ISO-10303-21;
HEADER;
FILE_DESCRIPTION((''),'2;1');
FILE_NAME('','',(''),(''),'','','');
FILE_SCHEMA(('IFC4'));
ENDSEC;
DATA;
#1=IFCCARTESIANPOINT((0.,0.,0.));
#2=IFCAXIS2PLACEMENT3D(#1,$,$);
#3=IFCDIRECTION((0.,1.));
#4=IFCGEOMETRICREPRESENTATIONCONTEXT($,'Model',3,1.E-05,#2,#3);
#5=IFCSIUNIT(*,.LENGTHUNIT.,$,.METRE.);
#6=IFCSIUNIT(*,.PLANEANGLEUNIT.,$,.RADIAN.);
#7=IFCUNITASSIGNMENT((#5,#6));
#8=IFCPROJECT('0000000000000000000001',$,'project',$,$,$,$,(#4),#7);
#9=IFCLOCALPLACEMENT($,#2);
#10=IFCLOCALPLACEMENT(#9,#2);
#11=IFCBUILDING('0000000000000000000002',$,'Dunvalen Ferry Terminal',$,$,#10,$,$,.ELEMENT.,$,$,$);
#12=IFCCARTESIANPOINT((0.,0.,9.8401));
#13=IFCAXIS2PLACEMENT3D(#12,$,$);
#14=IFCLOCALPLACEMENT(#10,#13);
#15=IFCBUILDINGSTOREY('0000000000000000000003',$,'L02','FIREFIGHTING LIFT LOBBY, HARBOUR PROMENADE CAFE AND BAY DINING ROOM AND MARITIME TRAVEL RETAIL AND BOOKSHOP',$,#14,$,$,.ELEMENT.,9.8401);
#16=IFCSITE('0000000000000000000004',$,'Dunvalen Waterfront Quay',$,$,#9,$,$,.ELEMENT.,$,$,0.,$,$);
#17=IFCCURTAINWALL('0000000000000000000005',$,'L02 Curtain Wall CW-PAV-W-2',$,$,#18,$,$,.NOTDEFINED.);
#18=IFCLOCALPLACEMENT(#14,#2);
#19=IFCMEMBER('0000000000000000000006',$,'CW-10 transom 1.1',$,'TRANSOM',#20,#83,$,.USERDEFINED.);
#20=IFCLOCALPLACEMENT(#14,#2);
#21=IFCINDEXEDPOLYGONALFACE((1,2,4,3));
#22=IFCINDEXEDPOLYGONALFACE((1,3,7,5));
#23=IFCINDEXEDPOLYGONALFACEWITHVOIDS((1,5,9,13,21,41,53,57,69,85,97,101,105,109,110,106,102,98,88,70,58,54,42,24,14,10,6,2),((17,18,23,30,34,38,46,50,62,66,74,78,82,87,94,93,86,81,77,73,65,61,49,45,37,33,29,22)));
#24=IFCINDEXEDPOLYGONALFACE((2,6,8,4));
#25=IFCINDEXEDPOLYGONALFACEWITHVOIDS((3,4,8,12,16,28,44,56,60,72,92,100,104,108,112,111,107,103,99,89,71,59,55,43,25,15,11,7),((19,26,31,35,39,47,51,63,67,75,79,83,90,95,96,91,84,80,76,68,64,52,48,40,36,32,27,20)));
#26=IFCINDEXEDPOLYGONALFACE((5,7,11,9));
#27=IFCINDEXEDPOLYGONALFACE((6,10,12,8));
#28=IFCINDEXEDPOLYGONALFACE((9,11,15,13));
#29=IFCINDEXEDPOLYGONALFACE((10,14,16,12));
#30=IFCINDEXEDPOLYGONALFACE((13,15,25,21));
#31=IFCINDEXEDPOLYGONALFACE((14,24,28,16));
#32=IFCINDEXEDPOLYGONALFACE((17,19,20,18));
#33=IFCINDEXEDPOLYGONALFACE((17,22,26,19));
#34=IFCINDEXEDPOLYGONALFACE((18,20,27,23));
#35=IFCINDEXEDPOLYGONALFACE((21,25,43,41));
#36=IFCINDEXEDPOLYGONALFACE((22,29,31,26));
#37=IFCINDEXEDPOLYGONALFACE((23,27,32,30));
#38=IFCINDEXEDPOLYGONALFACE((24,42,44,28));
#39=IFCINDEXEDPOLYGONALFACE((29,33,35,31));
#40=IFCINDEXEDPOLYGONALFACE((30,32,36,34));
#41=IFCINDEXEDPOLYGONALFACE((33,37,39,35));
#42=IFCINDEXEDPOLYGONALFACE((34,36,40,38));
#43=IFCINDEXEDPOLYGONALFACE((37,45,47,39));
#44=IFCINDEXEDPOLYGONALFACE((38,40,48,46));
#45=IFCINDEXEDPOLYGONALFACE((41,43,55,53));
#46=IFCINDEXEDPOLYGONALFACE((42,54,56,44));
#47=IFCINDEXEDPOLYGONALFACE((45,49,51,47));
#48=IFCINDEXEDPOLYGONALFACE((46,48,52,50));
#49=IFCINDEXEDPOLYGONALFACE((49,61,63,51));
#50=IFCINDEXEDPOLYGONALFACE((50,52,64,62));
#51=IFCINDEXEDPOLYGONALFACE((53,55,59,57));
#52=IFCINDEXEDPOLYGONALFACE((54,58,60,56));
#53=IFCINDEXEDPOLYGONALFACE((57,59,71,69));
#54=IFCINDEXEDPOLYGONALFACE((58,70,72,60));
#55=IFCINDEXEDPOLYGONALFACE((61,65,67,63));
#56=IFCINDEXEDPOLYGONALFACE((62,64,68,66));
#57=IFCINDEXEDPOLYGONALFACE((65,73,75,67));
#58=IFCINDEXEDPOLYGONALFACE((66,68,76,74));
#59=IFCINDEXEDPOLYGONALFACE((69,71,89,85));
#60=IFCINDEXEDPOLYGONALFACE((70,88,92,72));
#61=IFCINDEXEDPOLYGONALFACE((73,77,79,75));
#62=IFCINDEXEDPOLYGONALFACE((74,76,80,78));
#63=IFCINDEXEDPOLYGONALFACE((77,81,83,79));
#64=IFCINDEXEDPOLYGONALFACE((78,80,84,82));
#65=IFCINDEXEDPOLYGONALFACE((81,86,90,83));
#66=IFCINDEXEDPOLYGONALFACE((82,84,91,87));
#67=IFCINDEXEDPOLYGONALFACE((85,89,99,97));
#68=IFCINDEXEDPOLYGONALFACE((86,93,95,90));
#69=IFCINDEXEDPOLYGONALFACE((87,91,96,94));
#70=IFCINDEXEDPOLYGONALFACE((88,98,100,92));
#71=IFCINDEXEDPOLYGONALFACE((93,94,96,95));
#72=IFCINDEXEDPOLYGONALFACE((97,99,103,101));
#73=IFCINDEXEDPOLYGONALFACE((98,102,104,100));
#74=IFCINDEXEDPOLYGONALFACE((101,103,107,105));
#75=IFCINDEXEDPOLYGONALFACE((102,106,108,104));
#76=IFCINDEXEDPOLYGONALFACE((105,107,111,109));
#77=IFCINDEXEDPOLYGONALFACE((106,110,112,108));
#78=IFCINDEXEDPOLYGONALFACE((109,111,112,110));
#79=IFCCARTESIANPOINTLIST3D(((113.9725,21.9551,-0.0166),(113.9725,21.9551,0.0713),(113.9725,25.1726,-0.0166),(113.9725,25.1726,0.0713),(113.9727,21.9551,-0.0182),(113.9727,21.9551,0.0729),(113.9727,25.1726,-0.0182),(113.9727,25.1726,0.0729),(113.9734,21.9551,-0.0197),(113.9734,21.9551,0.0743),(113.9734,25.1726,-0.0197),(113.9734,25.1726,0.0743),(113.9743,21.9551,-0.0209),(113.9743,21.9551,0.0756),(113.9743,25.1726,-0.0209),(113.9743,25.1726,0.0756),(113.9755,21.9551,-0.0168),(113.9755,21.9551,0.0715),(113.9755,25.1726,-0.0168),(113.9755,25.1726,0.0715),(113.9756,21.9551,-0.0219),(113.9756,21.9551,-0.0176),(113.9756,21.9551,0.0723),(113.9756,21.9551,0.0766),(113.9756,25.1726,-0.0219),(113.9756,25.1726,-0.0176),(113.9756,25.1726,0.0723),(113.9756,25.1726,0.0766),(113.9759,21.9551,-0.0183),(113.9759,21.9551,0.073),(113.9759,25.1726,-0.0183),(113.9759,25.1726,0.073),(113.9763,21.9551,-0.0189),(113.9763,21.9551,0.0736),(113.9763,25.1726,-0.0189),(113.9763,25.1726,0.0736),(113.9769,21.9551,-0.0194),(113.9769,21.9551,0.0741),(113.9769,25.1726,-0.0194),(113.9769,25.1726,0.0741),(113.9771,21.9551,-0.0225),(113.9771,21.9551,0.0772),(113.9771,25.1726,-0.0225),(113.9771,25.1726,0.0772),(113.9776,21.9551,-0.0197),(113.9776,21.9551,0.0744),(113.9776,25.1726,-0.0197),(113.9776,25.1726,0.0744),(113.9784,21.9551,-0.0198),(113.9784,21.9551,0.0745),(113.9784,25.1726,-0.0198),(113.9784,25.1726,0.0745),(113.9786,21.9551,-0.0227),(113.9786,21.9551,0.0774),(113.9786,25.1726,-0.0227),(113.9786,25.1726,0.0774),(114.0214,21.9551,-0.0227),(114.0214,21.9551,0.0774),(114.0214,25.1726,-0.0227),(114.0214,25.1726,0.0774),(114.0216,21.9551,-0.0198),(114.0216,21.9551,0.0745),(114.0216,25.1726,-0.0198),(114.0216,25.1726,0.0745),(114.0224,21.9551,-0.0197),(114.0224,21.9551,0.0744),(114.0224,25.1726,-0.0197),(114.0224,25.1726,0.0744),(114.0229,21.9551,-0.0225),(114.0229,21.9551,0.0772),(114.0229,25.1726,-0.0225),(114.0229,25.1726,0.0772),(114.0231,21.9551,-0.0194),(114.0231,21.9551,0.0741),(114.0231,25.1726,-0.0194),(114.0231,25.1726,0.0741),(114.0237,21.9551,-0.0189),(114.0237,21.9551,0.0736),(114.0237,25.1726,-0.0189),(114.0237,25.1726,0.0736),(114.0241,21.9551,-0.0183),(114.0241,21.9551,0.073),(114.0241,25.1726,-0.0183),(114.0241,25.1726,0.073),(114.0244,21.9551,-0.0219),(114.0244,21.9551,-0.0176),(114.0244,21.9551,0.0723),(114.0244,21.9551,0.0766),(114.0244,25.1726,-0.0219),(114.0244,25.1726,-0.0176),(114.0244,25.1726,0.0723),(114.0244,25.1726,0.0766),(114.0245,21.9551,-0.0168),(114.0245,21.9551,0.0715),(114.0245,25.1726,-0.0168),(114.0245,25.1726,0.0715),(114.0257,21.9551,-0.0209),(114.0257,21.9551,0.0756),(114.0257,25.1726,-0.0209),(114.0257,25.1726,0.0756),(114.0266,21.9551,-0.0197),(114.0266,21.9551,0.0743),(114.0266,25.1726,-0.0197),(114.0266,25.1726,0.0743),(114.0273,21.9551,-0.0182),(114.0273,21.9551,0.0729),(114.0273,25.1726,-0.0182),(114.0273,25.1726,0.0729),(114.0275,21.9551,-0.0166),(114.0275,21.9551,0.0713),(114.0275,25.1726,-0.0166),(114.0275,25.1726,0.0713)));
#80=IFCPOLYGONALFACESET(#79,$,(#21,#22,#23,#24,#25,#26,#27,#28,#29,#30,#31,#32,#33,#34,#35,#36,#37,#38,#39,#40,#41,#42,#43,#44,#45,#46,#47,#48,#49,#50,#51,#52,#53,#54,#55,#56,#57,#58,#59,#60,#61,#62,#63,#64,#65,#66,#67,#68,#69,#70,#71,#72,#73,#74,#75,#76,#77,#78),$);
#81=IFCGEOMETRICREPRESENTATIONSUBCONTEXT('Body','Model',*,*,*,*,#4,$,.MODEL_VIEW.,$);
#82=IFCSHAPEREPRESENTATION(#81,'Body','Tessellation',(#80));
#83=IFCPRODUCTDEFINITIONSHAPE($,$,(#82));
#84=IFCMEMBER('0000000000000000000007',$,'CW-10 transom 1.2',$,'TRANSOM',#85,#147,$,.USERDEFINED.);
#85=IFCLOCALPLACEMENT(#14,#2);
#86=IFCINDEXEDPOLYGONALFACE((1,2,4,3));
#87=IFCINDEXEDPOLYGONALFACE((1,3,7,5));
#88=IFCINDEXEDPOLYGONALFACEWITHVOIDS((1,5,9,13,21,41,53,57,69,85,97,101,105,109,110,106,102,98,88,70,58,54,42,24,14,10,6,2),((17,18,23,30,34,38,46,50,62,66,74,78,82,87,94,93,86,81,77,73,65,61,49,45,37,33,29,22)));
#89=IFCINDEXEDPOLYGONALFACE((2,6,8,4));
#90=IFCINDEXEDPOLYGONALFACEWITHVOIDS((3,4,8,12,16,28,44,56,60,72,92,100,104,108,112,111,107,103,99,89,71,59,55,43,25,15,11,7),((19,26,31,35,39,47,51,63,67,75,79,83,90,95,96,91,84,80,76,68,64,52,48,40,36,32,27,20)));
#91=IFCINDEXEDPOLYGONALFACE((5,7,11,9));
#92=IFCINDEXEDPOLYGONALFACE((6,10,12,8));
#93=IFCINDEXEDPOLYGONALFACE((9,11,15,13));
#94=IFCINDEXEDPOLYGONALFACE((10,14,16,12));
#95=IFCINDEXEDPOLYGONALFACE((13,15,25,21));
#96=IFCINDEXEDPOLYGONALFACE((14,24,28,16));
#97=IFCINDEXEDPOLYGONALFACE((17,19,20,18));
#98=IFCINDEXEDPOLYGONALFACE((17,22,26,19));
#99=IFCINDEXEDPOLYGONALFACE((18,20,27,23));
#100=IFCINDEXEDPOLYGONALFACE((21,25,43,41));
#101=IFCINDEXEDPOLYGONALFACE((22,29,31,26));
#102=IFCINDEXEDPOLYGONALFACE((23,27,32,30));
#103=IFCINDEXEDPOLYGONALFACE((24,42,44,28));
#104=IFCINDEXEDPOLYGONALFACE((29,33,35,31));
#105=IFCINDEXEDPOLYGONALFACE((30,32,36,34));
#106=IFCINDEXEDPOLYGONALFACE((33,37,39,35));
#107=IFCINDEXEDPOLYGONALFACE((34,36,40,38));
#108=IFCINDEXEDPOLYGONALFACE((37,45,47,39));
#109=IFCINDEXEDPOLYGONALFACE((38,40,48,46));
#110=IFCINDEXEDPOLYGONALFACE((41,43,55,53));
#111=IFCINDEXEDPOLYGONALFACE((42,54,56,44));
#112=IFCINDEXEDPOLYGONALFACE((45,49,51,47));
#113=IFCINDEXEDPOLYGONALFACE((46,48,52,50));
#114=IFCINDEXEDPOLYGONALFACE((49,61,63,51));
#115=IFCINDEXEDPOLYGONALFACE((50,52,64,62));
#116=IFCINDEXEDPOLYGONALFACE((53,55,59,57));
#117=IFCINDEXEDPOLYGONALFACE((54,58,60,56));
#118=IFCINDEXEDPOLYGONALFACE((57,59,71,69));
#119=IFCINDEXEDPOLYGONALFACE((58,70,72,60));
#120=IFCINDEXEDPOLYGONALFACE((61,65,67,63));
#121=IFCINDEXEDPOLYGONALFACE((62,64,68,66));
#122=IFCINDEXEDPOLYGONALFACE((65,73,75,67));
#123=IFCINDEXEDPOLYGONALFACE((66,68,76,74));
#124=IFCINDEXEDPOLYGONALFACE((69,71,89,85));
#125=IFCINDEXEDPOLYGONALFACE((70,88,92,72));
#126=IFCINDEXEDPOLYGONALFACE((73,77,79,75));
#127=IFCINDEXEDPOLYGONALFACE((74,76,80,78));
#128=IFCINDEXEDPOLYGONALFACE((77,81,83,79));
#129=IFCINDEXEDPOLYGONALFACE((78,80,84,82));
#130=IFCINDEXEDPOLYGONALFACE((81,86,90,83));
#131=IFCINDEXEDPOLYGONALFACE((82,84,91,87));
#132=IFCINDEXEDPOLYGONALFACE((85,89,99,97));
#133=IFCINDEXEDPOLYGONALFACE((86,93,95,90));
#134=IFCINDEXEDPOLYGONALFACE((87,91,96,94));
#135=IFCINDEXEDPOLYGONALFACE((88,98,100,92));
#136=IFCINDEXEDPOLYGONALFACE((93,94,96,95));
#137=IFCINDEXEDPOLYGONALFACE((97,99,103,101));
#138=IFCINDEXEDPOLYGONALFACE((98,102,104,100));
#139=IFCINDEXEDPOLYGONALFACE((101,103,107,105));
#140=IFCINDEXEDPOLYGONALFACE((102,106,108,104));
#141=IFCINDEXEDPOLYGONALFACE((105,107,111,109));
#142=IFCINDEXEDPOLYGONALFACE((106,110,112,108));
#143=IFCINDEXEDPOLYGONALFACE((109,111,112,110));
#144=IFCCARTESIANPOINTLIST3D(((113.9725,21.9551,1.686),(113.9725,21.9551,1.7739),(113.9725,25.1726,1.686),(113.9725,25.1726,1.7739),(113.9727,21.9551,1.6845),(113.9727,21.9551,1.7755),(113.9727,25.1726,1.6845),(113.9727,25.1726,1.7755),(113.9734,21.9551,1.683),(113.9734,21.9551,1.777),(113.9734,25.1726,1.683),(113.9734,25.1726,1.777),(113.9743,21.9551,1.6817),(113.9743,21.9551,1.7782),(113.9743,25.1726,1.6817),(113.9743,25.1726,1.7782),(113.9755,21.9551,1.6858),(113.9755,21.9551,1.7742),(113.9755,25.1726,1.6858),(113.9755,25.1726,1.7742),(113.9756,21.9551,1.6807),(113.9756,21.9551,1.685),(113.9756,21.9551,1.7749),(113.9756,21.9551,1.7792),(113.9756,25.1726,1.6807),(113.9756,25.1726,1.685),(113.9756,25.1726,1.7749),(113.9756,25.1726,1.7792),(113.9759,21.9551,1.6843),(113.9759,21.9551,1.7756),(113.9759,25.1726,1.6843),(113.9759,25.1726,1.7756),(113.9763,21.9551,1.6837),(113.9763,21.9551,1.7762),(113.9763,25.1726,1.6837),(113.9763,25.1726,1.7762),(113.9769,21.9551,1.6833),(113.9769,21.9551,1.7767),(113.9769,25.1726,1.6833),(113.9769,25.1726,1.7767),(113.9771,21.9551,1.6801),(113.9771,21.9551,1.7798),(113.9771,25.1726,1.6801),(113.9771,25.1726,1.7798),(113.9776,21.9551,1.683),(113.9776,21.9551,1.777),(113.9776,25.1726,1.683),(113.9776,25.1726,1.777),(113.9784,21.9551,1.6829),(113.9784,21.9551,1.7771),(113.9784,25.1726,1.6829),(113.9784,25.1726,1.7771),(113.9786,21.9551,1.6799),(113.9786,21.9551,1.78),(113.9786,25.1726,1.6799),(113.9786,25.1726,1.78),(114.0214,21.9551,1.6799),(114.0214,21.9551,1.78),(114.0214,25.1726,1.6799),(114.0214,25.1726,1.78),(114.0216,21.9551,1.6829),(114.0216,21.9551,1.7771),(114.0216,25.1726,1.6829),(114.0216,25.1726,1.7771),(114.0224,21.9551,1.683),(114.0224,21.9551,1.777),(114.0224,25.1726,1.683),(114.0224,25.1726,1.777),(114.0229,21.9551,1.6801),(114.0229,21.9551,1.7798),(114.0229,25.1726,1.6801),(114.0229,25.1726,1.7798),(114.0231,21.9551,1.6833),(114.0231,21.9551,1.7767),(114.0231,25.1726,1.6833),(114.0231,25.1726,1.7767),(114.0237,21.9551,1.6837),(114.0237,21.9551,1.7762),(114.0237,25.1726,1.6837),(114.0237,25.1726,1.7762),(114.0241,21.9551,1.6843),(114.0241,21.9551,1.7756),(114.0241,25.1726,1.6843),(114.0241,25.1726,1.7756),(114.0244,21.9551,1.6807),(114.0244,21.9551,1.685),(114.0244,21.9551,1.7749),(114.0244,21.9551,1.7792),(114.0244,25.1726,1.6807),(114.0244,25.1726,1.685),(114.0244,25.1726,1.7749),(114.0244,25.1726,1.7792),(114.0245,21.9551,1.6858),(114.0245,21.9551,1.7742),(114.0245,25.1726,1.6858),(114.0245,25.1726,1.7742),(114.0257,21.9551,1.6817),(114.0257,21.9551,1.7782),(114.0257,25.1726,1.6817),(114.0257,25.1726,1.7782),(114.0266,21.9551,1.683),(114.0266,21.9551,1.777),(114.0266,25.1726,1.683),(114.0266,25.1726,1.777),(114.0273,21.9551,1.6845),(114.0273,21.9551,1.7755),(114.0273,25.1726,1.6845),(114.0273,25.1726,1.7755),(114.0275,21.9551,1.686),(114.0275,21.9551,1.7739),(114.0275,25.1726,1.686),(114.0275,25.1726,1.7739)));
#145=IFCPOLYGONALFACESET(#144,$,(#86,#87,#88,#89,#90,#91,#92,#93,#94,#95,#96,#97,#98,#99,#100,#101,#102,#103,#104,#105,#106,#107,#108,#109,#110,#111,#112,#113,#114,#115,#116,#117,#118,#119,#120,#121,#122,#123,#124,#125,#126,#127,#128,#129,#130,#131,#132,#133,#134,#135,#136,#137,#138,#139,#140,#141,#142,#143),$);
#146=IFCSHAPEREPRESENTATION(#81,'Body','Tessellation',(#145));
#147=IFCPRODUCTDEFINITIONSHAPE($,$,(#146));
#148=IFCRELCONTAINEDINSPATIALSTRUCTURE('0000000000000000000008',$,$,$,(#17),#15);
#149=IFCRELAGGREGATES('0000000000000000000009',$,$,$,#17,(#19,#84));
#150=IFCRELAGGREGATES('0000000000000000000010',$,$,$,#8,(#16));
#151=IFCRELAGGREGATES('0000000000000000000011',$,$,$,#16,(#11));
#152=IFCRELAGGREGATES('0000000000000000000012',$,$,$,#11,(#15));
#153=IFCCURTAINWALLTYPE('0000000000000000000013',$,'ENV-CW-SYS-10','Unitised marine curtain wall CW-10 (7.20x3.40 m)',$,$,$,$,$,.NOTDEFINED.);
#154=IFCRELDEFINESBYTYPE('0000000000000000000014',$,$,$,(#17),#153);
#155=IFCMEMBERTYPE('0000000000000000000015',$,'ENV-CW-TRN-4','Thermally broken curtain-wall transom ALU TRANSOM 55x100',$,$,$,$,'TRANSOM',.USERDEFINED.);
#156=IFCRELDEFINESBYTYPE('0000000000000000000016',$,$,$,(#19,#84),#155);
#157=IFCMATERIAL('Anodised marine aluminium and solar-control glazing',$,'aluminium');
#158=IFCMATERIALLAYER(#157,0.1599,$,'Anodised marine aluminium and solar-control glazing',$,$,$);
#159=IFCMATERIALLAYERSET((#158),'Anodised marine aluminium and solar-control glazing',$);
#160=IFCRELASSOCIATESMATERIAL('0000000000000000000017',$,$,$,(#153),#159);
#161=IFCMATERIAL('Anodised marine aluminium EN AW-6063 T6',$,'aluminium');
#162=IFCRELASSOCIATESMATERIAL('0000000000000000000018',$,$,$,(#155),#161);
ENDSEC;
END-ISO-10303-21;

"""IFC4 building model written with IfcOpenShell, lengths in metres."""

from ifc_helpers import new_model, si_unit, direction, frame, origin, origin_2d, place, context, subcontext, project, spatial, hollow_rectangle, extrude, material, layer, layer_set, material_profile, profile_set, type_object, element, aggregate, save


model = new_model("IFC4")

# Units and contexts
model_context = context("Model", 3, precision=1e-05, world=origin(), true_north=direction((0.0, 1.0)))
body_context = subcontext(model_context, "Body", "Model", "MODEL_VIEW")
ifc_project = project(units=[si_unit("LENGTHUNIT", "METRE"), si_unit("PLANEANGLEUNIT", "RADIAN")], contexts=[model_context])

# Site, building, storey
site_placement = place(None, origin())
site = spatial("IfcSite", under=ifc_project, at=site_placement, Name="Dunvalen Waterfront Quay", CompositionType="ELEMENT", RefElevation=0.0)
building_placement = place(site_placement, origin())
building = spatial("IfcBuilding", under=site, at=building_placement, Name="Dunvalen Ferry Terminal", CompositionType="ELEMENT")
storey_placement = place(building_placement, frame((0.0, 0.0, 9.8401)))
storey = spatial("IfcBuildingStorey", under=building, at=storey_placement, Name="L02", Description="FIREFIGHTING LIFT LOBBY, HARBOUR PROMENADE CAFE AND BAY DINING ROOM AND MARITIME TRAVEL RETAIL AND BOOKSHOP", CompositionType="ELEMENT", Elevation=9.8401)

# Shared definitions
ifc_material_1 = material(Name="Anodised marine aluminium and solar-control glazing", Category="aluminium")
ifc_layer_1 = layer(ifc_material_1, 0.1599, Name="Anodised marine aluminium and solar-control glazing")
ifc_layer_set_1 = layer_set([ifc_layer_1], Name="Anodised marine aluminium and solar-control glazing")
curtain_wall_type = type_object("IfcCurtainWallType", Name="ENV-CW-SYS-10", Description="Unitised marine curtain wall CW-10 (7.20x3.40 m)", PredefinedType="NOTDEFINED", material=ifc_layer_set_1)
ifc_material_2 = material(Name="Anodised marine aluminium EN AW-6063 T6", Category="aluminium")

# Curtain wall
curtain_wall_1_placement = place(storey_placement, origin())
curtain_wall_1 = element("IfcCurtainWall", 1, at=curtain_wall_1_placement, inside=storey, type_object=curtain_wall_type, Name="L02 Curtain Wall CW-PAV-W-2", PredefinedType="NOTDEFINED")

# Members
ifc_material_profile_1 = material_profile(ifc_material_2, hollow_rectangle(XDim=0.0549, YDim=0.1001, WallThickness=0.0029, InnerFilletRadius=0.0029, OuterFilletRadius=0.0061, at=origin_2d()), Name="Anodised marine aluminium EN AW-6063 T6")
ifc_profile_set_1 = profile_set([ifc_material_profile_1], Name="Anodised marine aluminium EN AW-6063 T6")
member_type_1 = type_object("IfcMemberType", Name="ENV-CW-TRN-4", Description="Thermally broken curtain-wall transom ALU TRANSOM 55x100", ElementType="TRANSOM", PredefinedType="USERDEFINED", material=ifc_profile_set_1)
member_1_placement = place(storey_placement, frame((114.0, 21.9551, 0.0273), z_axis=(0.0, 1.0, 0.0), x_axis=(-1.0, 0.0, 0.0)))
member_1 = element("IfcMember", 2, at=member_1_placement, type_object=member_type_1, Name="CW-10 transom 1.1", ObjectType="TRANSOM", PredefinedType="USERDEFINED", context=body_context, shape_type="SweptSolid", body=[
    extrude(hollow_rectangle(XDim=0.0549, YDim=0.1001, WallThickness=0.0029, InnerFilletRadius=0.0029, OuterFilletRadius=0.0061, at=origin_2d()), origin(), (0.0, 0.0, 1.0), 3.2175),
])
member_2_placement = place(storey_placement, frame((114.0, 21.9551, 1.73), z_axis=(0.0, 1.0, 0.0), x_axis=(-1.0, 0.0, 0.0)))
member_2 = element("IfcMember", 3, at=member_2_placement, type_object=member_type_1, Name="CW-10 transom 1.2", ObjectType="TRANSOM", PredefinedType="USERDEFINED", context=body_context, shape_type="SweptSolid", body=[
    extrude(hollow_rectangle(XDim=0.0549, YDim=0.1001, WallThickness=0.0029, InnerFilletRadius=0.0029, OuterFilletRadius=0.0061, at=origin_2d()), origin(), (0.0, 0.0, 1.0), 3.2175),
])
aggregate(curtain_wall_1, [member_1, member_2])

save(model, "model.ifc")
